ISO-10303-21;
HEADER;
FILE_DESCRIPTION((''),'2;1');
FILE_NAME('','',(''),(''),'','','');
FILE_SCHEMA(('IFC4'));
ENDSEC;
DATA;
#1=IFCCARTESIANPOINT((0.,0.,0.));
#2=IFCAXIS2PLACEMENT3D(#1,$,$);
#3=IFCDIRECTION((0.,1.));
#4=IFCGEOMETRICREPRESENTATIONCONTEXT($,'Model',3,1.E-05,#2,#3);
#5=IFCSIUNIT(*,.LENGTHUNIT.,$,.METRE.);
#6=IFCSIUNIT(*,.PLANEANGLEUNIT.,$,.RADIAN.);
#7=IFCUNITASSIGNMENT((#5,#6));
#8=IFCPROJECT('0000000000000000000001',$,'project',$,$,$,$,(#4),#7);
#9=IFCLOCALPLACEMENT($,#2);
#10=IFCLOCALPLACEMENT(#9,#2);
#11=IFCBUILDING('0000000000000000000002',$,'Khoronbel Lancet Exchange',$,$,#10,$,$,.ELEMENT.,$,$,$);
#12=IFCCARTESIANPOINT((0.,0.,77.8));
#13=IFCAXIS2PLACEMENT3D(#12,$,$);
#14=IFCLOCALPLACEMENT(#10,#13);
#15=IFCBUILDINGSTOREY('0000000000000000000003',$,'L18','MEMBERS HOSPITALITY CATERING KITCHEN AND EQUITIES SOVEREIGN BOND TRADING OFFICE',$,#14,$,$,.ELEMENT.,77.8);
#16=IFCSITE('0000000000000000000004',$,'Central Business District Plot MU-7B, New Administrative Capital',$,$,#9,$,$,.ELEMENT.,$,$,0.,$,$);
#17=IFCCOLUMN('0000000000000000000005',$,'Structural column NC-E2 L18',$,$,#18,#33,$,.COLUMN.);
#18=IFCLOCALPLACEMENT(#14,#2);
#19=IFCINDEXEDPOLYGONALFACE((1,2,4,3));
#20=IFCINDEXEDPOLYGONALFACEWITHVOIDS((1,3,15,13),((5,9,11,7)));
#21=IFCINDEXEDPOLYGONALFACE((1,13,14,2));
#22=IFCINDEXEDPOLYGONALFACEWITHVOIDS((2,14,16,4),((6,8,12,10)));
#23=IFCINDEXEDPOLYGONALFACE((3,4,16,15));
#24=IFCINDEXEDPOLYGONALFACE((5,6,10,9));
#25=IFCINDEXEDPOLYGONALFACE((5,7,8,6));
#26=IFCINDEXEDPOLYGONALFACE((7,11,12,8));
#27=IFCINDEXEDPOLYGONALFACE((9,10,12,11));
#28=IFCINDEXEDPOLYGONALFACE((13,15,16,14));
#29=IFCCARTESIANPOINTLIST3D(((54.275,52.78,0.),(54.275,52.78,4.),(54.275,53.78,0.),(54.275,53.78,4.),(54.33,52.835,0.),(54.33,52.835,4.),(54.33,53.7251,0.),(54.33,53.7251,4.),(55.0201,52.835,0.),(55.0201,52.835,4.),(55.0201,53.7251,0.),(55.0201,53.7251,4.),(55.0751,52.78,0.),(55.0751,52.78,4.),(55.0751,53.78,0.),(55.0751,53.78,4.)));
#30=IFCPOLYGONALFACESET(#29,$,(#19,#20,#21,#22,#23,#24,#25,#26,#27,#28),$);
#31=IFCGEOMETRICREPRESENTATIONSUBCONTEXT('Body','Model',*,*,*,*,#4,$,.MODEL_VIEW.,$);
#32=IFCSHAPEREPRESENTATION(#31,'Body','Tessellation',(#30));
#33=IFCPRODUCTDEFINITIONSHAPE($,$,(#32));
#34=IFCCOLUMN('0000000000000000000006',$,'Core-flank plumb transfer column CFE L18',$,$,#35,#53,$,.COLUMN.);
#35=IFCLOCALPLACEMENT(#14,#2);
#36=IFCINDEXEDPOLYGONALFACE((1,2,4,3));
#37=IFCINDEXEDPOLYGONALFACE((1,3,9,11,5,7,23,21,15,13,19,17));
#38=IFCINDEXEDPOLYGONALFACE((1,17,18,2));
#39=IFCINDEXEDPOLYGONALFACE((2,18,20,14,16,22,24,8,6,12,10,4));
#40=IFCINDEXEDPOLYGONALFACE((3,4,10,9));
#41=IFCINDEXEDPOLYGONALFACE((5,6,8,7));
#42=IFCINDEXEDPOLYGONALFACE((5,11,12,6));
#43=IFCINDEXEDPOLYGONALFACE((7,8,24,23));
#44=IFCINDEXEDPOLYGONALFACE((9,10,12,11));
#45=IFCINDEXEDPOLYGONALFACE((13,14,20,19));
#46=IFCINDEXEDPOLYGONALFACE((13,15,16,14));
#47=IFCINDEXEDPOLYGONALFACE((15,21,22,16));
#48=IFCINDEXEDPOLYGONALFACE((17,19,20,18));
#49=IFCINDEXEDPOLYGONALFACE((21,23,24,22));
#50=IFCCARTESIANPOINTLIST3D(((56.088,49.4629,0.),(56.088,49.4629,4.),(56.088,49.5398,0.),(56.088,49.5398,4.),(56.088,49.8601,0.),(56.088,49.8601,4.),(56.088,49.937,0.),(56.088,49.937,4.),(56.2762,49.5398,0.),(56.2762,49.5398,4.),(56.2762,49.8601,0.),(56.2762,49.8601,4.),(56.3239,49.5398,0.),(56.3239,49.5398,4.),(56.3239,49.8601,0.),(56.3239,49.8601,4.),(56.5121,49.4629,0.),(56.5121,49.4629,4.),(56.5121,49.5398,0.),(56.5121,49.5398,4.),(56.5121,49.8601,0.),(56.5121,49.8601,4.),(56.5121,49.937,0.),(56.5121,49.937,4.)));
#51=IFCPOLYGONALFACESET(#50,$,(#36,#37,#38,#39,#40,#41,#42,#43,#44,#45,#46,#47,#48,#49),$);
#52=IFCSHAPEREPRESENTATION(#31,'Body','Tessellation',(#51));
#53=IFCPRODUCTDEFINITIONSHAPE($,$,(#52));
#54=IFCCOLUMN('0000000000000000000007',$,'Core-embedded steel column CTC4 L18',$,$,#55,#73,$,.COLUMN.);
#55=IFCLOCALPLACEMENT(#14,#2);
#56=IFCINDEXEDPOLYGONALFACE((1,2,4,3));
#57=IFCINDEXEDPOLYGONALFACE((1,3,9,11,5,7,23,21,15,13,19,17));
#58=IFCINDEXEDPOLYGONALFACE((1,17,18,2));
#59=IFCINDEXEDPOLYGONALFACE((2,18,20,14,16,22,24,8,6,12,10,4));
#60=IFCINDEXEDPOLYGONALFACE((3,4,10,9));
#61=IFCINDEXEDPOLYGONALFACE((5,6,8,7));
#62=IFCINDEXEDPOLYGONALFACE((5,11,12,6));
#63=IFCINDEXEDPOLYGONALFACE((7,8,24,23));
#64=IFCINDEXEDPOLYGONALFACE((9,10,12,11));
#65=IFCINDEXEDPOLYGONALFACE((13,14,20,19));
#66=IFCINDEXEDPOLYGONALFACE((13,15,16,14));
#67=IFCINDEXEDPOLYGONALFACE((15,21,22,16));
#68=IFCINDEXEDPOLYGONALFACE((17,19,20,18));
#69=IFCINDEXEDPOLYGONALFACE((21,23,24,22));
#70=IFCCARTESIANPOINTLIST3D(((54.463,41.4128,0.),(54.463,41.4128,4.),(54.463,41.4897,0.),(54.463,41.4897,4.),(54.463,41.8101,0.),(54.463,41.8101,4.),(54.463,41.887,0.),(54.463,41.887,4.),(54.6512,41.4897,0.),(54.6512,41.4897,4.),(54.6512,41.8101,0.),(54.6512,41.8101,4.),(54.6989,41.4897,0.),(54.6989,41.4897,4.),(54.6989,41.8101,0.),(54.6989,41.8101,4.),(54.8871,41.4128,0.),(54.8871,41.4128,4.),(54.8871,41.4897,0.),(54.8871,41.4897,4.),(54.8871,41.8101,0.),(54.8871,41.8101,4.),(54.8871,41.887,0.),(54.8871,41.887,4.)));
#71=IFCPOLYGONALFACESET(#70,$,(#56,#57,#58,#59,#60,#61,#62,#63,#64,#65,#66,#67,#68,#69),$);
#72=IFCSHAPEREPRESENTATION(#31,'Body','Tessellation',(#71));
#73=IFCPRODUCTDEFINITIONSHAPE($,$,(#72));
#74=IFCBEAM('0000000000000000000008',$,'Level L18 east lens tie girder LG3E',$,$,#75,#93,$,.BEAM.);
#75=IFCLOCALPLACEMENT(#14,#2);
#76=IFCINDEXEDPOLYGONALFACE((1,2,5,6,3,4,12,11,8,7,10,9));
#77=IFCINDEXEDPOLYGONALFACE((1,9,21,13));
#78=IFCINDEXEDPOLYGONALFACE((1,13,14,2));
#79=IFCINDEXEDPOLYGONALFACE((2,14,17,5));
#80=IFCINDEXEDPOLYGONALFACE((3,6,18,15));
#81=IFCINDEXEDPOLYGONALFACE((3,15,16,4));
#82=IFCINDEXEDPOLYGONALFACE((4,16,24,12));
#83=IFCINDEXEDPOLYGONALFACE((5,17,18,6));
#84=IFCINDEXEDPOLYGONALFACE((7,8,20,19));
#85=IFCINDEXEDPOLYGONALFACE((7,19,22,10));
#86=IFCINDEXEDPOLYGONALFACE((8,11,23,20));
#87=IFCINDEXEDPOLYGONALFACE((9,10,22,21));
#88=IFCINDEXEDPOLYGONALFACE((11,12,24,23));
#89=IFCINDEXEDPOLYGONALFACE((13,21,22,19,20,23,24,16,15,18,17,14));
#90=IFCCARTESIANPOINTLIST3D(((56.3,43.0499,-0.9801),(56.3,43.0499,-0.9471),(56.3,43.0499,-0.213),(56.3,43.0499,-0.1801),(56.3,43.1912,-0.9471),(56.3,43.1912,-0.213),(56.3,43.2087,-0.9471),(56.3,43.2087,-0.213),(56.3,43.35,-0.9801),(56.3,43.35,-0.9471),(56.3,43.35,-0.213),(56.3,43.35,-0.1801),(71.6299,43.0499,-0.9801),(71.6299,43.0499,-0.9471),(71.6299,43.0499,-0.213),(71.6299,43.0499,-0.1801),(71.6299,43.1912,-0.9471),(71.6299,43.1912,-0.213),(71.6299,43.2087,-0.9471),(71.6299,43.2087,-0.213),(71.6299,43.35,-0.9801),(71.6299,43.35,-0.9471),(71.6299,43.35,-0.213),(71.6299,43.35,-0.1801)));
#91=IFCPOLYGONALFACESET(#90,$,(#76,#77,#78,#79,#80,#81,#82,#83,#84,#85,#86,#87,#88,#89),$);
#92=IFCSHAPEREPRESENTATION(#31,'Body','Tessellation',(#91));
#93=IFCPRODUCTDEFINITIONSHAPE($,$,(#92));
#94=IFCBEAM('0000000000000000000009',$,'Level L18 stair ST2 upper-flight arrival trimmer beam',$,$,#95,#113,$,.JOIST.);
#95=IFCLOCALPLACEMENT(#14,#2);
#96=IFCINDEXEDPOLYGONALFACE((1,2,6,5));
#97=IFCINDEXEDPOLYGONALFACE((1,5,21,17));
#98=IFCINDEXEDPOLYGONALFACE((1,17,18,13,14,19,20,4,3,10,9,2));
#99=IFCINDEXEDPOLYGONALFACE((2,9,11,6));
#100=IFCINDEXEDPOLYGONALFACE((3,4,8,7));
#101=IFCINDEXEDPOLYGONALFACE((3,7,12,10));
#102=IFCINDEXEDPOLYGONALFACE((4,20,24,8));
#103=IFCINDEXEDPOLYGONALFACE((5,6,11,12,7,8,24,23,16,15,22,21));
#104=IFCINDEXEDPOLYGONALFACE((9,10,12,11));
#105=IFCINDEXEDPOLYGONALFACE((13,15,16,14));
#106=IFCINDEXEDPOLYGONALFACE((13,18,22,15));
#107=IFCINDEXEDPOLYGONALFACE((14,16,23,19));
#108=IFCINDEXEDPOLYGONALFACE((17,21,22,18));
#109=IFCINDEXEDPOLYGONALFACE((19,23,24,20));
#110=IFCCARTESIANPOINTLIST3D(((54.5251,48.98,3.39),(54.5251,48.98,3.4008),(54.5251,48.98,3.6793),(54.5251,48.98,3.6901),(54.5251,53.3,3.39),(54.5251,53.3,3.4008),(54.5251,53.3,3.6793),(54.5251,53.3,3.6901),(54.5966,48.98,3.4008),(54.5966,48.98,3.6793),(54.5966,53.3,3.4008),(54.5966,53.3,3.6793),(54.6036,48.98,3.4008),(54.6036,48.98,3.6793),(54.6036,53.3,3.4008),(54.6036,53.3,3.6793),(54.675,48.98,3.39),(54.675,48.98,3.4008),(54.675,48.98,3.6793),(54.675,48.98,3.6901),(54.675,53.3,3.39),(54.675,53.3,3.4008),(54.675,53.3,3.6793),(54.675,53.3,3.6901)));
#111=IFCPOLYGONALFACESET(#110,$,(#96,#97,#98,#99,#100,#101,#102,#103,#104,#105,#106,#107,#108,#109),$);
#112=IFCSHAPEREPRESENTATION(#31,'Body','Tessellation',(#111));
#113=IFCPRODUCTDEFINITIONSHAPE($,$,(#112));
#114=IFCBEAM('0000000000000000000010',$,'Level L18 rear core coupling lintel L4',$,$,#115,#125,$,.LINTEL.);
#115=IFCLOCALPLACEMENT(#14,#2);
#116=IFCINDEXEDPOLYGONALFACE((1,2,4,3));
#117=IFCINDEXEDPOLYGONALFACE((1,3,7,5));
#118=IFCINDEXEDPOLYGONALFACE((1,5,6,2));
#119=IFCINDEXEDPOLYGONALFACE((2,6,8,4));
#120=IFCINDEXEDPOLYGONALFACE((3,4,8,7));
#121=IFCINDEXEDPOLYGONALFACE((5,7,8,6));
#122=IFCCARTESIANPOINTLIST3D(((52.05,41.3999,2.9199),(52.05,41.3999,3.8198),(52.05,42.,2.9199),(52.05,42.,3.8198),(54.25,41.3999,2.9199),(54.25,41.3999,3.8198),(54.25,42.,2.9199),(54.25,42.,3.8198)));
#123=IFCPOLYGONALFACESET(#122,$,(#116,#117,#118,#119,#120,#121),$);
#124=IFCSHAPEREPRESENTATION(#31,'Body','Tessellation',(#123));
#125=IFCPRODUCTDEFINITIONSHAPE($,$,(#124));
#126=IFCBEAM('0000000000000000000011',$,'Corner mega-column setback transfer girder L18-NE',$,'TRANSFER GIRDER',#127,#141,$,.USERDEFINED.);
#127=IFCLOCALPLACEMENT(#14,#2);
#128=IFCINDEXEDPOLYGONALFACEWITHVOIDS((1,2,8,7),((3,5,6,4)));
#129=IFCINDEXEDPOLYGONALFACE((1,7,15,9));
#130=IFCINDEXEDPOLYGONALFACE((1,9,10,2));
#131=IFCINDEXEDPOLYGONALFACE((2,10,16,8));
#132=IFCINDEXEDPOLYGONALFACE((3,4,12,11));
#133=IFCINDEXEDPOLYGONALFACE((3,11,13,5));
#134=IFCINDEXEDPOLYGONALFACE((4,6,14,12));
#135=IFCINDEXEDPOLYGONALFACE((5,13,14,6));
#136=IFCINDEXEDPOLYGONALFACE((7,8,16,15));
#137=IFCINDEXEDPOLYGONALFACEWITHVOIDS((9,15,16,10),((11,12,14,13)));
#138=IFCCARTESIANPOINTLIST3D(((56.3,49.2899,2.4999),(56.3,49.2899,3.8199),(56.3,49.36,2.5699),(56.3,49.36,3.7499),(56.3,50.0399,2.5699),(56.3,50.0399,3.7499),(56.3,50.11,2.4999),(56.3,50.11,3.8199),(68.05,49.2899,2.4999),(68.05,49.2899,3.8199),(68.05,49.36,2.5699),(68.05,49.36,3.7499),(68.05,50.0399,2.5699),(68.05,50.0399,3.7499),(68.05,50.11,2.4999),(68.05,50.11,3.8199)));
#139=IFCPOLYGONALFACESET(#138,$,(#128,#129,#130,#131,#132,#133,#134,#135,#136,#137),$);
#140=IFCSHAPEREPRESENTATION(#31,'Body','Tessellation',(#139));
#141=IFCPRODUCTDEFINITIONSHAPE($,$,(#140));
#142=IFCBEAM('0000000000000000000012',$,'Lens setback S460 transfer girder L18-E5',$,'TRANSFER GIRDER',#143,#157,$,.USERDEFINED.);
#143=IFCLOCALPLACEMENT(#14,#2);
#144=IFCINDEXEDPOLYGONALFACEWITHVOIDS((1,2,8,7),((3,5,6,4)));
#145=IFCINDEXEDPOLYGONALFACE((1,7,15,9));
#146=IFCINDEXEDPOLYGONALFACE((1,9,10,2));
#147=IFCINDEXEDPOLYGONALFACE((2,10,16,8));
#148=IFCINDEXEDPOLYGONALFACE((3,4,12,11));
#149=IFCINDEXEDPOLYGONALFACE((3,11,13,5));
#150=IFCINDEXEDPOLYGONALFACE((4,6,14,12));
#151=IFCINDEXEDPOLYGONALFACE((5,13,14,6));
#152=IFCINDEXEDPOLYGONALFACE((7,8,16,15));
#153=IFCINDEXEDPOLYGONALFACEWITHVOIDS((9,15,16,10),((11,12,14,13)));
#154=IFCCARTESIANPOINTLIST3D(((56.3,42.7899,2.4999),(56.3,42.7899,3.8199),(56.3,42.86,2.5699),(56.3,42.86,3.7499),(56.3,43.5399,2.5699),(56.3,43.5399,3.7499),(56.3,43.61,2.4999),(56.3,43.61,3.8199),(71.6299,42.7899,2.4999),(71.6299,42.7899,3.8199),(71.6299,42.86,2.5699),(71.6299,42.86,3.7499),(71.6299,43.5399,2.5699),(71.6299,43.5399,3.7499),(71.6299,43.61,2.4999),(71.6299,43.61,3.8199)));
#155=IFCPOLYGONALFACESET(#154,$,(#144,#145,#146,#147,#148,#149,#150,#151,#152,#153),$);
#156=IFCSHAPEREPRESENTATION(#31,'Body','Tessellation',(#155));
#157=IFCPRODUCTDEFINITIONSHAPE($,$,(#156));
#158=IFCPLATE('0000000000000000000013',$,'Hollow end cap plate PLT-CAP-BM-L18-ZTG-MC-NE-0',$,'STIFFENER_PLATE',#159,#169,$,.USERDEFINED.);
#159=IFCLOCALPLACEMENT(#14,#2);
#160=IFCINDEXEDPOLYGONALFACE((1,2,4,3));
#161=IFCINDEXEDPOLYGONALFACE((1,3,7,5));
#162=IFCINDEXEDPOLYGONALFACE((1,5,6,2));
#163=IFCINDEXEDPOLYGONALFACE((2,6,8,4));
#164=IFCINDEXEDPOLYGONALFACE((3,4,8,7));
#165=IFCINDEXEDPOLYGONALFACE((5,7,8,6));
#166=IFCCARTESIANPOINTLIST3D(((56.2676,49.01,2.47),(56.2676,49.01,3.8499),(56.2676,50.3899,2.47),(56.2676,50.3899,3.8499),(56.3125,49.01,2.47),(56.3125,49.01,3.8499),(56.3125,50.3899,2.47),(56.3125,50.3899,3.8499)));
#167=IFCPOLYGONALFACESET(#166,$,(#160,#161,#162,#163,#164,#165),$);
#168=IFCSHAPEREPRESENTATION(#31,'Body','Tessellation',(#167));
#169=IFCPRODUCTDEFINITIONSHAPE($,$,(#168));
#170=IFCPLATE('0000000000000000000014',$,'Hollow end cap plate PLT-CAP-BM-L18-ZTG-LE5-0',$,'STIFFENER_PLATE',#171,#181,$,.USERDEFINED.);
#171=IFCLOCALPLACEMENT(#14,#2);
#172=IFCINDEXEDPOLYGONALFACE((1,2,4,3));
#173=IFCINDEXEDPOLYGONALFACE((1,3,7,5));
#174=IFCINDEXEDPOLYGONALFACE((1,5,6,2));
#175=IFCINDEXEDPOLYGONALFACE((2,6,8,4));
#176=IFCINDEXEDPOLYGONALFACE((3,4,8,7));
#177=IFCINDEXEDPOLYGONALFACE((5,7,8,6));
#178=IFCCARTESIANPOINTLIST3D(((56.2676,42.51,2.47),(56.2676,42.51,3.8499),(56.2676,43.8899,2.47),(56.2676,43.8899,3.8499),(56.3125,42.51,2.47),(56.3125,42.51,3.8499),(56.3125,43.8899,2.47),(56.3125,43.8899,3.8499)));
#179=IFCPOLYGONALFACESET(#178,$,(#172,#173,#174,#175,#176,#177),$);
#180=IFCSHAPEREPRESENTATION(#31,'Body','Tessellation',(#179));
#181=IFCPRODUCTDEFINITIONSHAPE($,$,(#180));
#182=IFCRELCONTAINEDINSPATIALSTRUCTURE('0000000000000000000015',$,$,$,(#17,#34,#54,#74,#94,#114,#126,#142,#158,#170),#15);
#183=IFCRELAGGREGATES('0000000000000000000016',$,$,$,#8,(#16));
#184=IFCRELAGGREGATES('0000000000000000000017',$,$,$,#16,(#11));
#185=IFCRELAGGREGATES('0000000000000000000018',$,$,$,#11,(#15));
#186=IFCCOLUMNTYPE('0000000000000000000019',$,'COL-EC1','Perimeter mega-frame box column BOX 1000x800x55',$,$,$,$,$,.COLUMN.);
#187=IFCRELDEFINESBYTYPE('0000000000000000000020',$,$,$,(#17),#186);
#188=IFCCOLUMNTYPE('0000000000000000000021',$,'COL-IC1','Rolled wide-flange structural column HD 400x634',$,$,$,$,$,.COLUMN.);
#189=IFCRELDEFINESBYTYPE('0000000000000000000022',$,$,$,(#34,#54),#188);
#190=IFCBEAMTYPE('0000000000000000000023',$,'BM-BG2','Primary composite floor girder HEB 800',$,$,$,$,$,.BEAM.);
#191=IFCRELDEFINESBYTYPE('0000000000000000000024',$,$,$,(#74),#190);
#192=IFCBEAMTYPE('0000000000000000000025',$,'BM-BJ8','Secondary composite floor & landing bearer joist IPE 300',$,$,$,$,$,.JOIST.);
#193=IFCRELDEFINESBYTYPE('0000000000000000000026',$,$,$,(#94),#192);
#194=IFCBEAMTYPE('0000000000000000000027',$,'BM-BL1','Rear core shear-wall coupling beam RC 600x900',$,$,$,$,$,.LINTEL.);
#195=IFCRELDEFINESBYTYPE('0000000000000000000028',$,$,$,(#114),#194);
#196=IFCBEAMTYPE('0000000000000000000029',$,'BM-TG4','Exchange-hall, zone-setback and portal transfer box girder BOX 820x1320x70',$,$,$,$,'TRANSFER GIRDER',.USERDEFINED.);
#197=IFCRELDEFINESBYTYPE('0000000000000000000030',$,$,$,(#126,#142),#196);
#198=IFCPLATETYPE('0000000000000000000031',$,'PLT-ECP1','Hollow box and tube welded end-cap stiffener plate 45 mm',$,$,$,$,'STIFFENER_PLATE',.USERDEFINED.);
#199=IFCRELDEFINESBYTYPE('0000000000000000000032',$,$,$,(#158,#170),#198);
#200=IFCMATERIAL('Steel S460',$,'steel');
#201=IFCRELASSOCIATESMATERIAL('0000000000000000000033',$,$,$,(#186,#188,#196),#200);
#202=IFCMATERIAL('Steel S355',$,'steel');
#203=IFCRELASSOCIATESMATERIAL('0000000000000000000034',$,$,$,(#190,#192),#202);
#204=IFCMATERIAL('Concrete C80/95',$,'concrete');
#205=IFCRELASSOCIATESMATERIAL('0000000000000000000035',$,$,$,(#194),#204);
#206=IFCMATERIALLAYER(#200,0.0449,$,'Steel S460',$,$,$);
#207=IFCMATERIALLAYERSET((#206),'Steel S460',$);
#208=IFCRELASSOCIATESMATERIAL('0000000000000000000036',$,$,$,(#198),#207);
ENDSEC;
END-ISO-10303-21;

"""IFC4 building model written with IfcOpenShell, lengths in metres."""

from ifc_helpers import new_model, si_unit, direction, frame, origin, origin_2d, place, context, subcontext, project, spatial, rectangle, hollow_rectangle, i_section, extrude, material, layer, layer_set, material_profile, profile_set, type_object, element, save


model = new_model("IFC4")

# Units and contexts
model_context = context("Model", 3, precision=1e-05, world=origin(), true_north=direction((0.0, 1.0)))
body_context = subcontext(model_context, "Body", "Model", "MODEL_VIEW")
ifc_project = project(units=[si_unit("LENGTHUNIT", "METRE"), si_unit("PLANEANGLEUNIT", "RADIAN")], contexts=[model_context])

# Site, building, storey
site_placement = place(None, origin())
site = spatial("IfcSite", under=ifc_project, at=site_placement, Name="Central Business District Plot MU-7B, New Administrative Capital", CompositionType="ELEMENT", RefElevation=0.0)
building_placement = place(site_placement, origin())
building = spatial("IfcBuilding", under=site, at=building_placement, Name="Khoronbel Lancet Exchange", CompositionType="ELEMENT")
storey_placement = place(building_placement, frame((0.0, 0.0, 77.8)))
storey = spatial("IfcBuildingStorey", under=building, at=storey_placement, Name="L18", Description="MEMBERS HOSPITALITY CATERING KITCHEN AND EQUITIES SOVEREIGN BOND TRADING OFFICE", CompositionType="ELEMENT", Elevation=77.8)

# Columns
ifc_material_1 = material(Name="Steel S460", Category="steel")
ifc_material_profile_1 = material_profile(ifc_material_1, hollow_rectangle(XDim=0.8, YDim=1.0, WallThickness=0.0549, at=origin_2d()), Name="BOX 1000x800x55")
ifc_profile_set_1 = profile_set([ifc_material_profile_1], Name="Steel S460")
column_type_1 = type_object("IfcColumnType", Name="COL-EC1", Description="Perimeter mega-frame box column BOX 1000x800x55", PredefinedType="COLUMN", material=ifc_profile_set_1)
column_placement = place(storey_placement, frame((54.675, 53.28, 0.0), z_axis=(0.0, 0.0, 1.0), x_axis=(1.0, 0.0, 0.0)))
element("IfcColumn", 1, at=column_placement, inside=storey, type_object=column_type_1, Name="Structural column NC-E2 L18", PredefinedType="COLUMN", context=body_context, shape_type="SweptSolid", body=[
    extrude(hollow_rectangle(XDim=0.8, YDim=1.0, WallThickness=0.0549, at=origin_2d()), origin(), (0.0, 0.0, 1.0), 4.0),
])
ifc_material_profile_2 = material_profile(ifc_material_1, i_section(OverallWidth=0.4241, OverallDepth=0.4741, WebThickness=0.0476, FlangeThickness=0.0769, at=origin_2d()), Name="HD 400x634")
ifc_profile_set_2 = profile_set([ifc_material_profile_2], Name="Steel S460")
column_type_2 = type_object("IfcColumnType", Name="COL-IC1", Description="Rolled wide-flange structural column HD 400x634", PredefinedType="COLUMN", material=ifc_profile_set_2)
for number, where, z_axis, x_axis, name in (
    (2, (56.3, 49.7, 0.0), (0.0, 0.0, 1.0), (1.0, 0.0, 0.0), "Core-flank plumb transfer column CFE L18"),
    (3, (54.675, 41.6499, 0.0), (0.0, 0.0, 1.0), (1.0, 0.0, 0.0), "Core-embedded steel column CTC4 L18"),
):
    element("IfcColumn", number, at=place(storey_placement, frame(where, z_axis=z_axis, x_axis=x_axis)), inside=storey, type_object=column_type_2, Name=name, PredefinedType="COLUMN", context=body_context, shape_type="SweptSolid", body=[
        extrude(i_section(OverallWidth=0.4241, OverallDepth=0.4741, WebThickness=0.0476, FlangeThickness=0.0769, at=origin_2d()), origin(), (0.0, 0.0, 1.0), 4.0),
    ])

# Beams
ifc_material_2 = material(Name="Steel S355", Category="steel")
ifc_material_profile_3 = material_profile(ifc_material_2, i_section(OverallWidth=0.3, OverallDepth=0.8, WebThickness=0.0176, FlangeThickness=0.033, at=origin_2d()), Name="HEB 800")
ifc_profile_set_3 = profile_set([ifc_material_profile_3], Name="Steel S355")
beam_type_1 = type_object("IfcBeamType", Name="BM-BG2", Description="Primary composite floor girder HEB 800", PredefinedType="BEAM", material=ifc_profile_set_3)
beam_1_placement = place(storey_placement, frame((56.3, 43.2, -0.5801), z_axis=(1.0, 0.0, 0.0), x_axis=(0.0, 1.0, 0.0)))
element("IfcBeam", 4, at=beam_1_placement, inside=storey, type_object=beam_type_1, Name="Level L18 east lens tie girder LG3E", PredefinedType="BEAM", context=body_context, shape_type="SweptSolid", body=[
    extrude(i_section(OverallWidth=0.3, OverallDepth=0.8, WebThickness=0.0176, FlangeThickness=0.033, at=origin_2d()), origin(), (0.0, 0.0, 1.0), 15.3298),
])
ifc_material_profile_4 = material_profile(ifc_material_2, i_section(OverallWidth=0.1499, OverallDepth=0.3, WebThickness=0.0071, FlangeThickness=0.0107, at=origin_2d()), Name="IPE 300")
ifc_profile_set_4 = profile_set([ifc_material_profile_4], Name="Steel S355")
beam_type_2 = type_object("IfcBeamType", Name="BM-BJ8", Description="Secondary composite floor & landing bearer joist IPE 300", PredefinedType="JOIST", material=ifc_profile_set_4)
beam_2_placement = place(storey_placement, frame((54.6001, 48.98, 3.54), z_axis=(0.0, 1.0, 0.0), x_axis=(-1.0, 0.0, 0.0)))
element("IfcBeam", 5, at=beam_2_placement, inside=storey, type_object=beam_type_2, Name="Level L18 stair ST2 upper-flight arrival trimmer beam", PredefinedType="JOIST", context=body_context, shape_type="SweptSolid", body=[
    extrude(i_section(OverallWidth=0.1499, OverallDepth=0.3, WebThickness=0.0071, FlangeThickness=0.0107, at=origin_2d()), origin(), (0.0, 0.0, 1.0), 4.3201),
])
ifc_material_3 = material(Name="Concrete C80/95", Category="concrete")
ifc_material_profile_5 = material_profile(ifc_material_3, rectangle(XDim=0.6001, YDim=0.8999, at=origin_2d()), Name="RC 600x900")
ifc_profile_set_5 = profile_set([ifc_material_profile_5], Name="Concrete C80/95")
beam_type_3 = type_object("IfcBeamType", Name="BM-BL1", Description="Rear core shear-wall coupling beam RC 600x900", PredefinedType="LINTEL", material=ifc_profile_set_5)
beam_3_placement = place(storey_placement, frame((52.05, 41.7, 3.3699), z_axis=(1.0, 0.0, 0.0), x_axis=(0.0, 1.0, 0.0)))
element("IfcBeam", 6, at=beam_3_placement, inside=storey, type_object=beam_type_3, Name="Level L18 rear core coupling lintel L4", PredefinedType="LINTEL", context=body_context, shape_type="SweptSolid", body=[
    extrude(rectangle(XDim=0.6001, YDim=0.8999, at=origin_2d()), origin(), (0.0, 0.0, 1.0), 2.2),
])
ifc_material_profile_6 = material_profile(ifc_material_1, hollow_rectangle(XDim=0.8201, YDim=1.3201, WallThickness=0.0701, at=origin_2d()), Name="BOX 820x1320x70")
ifc_profile_set_6 = profile_set([ifc_material_profile_6], Name="Steel S460")
beam_type_4 = type_object("IfcBeamType", Name="BM-TG4", Description="Exchange-hall, zone-setback and portal transfer box girder BOX 820x1320x70", ElementType="TRANSFER GIRDER", PredefinedType="USERDEFINED", material=ifc_profile_set_6)
beam_4_placement = place(storey_placement, frame((56.3, 49.7, 3.1599), z_axis=(1.0, 0.0, 0.0), x_axis=(0.0, 1.0, 0.0)))
element("IfcBeam", 7, at=beam_4_placement, inside=storey, type_object=beam_type_4, Name="Corner mega-column setback transfer girder L18-NE", ObjectType="TRANSFER GIRDER", PredefinedType="USERDEFINED", context=body_context, shape_type="SweptSolid", body=[
    extrude(hollow_rectangle(XDim=0.8201, YDim=1.3201, WallThickness=0.0701, at=origin_2d()), origin(), (0.0, 0.0, 1.0), 11.75),
])
beam_5_placement = place(storey_placement, frame((56.3, 43.2, 3.1599), z_axis=(1.0, 0.0, 0.0), x_axis=(0.0, 1.0, 0.0)))
element("IfcBeam", 8, at=beam_5_placement, inside=storey, type_object=beam_type_4, Name="Lens setback S460 transfer girder L18-E5", ObjectType="TRANSFER GIRDER", PredefinedType="USERDEFINED", context=body_context, shape_type="SweptSolid", body=[
    extrude(hollow_rectangle(XDim=0.8201, YDim=1.3201, WallThickness=0.0701, at=origin_2d()), origin(), (0.0, 0.0, 1.0), 15.3298),
])

# Plates
ifc_layer_1 = layer(ifc_material_1, 0.0449, Name="Steel S460")
ifc_layer_set_1 = layer_set([ifc_layer_1], Name="Steel S460")
plate_type = type_object("IfcPlateType", Name="PLT-ECP1", Description="Hollow box and tube welded end-cap stiffener plate 45 mm", ElementType="STIFFENER_PLATE", PredefinedType="USERDEFINED", material=ifc_layer_set_1)
for number, where, z_axis, x_axis, name in (
    (9, (56.29, 49.7, 2.47), (0.0, 0.0, 1.0), (-1.0, 0.0, 0.0), "Hollow end cap plate PLT-CAP-BM-L18-ZTG-MC-NE-0"),
    (10, (56.29, 43.2, 2.47), (0.0, 0.0, 1.0), (-1.0, 0.0, 0.0), "Hollow end cap plate PLT-CAP-BM-L18-ZTG-LE5-0"),
):
    element("IfcPlate", number, at=place(storey_placement, frame(where, z_axis=z_axis, x_axis=x_axis)), inside=storey, type_object=plate_type, Name=name, ObjectType="STIFFENER_PLATE", PredefinedType="USERDEFINED", context=body_context, shape_type="SweptSolid", body=[
        extrude(rectangle(XDim=0.0449, YDim=1.3799, at=origin_2d()), origin(), (0.0, 0.0, 1.0), 1.3799),
    ])

save(model, "model.ifc")
